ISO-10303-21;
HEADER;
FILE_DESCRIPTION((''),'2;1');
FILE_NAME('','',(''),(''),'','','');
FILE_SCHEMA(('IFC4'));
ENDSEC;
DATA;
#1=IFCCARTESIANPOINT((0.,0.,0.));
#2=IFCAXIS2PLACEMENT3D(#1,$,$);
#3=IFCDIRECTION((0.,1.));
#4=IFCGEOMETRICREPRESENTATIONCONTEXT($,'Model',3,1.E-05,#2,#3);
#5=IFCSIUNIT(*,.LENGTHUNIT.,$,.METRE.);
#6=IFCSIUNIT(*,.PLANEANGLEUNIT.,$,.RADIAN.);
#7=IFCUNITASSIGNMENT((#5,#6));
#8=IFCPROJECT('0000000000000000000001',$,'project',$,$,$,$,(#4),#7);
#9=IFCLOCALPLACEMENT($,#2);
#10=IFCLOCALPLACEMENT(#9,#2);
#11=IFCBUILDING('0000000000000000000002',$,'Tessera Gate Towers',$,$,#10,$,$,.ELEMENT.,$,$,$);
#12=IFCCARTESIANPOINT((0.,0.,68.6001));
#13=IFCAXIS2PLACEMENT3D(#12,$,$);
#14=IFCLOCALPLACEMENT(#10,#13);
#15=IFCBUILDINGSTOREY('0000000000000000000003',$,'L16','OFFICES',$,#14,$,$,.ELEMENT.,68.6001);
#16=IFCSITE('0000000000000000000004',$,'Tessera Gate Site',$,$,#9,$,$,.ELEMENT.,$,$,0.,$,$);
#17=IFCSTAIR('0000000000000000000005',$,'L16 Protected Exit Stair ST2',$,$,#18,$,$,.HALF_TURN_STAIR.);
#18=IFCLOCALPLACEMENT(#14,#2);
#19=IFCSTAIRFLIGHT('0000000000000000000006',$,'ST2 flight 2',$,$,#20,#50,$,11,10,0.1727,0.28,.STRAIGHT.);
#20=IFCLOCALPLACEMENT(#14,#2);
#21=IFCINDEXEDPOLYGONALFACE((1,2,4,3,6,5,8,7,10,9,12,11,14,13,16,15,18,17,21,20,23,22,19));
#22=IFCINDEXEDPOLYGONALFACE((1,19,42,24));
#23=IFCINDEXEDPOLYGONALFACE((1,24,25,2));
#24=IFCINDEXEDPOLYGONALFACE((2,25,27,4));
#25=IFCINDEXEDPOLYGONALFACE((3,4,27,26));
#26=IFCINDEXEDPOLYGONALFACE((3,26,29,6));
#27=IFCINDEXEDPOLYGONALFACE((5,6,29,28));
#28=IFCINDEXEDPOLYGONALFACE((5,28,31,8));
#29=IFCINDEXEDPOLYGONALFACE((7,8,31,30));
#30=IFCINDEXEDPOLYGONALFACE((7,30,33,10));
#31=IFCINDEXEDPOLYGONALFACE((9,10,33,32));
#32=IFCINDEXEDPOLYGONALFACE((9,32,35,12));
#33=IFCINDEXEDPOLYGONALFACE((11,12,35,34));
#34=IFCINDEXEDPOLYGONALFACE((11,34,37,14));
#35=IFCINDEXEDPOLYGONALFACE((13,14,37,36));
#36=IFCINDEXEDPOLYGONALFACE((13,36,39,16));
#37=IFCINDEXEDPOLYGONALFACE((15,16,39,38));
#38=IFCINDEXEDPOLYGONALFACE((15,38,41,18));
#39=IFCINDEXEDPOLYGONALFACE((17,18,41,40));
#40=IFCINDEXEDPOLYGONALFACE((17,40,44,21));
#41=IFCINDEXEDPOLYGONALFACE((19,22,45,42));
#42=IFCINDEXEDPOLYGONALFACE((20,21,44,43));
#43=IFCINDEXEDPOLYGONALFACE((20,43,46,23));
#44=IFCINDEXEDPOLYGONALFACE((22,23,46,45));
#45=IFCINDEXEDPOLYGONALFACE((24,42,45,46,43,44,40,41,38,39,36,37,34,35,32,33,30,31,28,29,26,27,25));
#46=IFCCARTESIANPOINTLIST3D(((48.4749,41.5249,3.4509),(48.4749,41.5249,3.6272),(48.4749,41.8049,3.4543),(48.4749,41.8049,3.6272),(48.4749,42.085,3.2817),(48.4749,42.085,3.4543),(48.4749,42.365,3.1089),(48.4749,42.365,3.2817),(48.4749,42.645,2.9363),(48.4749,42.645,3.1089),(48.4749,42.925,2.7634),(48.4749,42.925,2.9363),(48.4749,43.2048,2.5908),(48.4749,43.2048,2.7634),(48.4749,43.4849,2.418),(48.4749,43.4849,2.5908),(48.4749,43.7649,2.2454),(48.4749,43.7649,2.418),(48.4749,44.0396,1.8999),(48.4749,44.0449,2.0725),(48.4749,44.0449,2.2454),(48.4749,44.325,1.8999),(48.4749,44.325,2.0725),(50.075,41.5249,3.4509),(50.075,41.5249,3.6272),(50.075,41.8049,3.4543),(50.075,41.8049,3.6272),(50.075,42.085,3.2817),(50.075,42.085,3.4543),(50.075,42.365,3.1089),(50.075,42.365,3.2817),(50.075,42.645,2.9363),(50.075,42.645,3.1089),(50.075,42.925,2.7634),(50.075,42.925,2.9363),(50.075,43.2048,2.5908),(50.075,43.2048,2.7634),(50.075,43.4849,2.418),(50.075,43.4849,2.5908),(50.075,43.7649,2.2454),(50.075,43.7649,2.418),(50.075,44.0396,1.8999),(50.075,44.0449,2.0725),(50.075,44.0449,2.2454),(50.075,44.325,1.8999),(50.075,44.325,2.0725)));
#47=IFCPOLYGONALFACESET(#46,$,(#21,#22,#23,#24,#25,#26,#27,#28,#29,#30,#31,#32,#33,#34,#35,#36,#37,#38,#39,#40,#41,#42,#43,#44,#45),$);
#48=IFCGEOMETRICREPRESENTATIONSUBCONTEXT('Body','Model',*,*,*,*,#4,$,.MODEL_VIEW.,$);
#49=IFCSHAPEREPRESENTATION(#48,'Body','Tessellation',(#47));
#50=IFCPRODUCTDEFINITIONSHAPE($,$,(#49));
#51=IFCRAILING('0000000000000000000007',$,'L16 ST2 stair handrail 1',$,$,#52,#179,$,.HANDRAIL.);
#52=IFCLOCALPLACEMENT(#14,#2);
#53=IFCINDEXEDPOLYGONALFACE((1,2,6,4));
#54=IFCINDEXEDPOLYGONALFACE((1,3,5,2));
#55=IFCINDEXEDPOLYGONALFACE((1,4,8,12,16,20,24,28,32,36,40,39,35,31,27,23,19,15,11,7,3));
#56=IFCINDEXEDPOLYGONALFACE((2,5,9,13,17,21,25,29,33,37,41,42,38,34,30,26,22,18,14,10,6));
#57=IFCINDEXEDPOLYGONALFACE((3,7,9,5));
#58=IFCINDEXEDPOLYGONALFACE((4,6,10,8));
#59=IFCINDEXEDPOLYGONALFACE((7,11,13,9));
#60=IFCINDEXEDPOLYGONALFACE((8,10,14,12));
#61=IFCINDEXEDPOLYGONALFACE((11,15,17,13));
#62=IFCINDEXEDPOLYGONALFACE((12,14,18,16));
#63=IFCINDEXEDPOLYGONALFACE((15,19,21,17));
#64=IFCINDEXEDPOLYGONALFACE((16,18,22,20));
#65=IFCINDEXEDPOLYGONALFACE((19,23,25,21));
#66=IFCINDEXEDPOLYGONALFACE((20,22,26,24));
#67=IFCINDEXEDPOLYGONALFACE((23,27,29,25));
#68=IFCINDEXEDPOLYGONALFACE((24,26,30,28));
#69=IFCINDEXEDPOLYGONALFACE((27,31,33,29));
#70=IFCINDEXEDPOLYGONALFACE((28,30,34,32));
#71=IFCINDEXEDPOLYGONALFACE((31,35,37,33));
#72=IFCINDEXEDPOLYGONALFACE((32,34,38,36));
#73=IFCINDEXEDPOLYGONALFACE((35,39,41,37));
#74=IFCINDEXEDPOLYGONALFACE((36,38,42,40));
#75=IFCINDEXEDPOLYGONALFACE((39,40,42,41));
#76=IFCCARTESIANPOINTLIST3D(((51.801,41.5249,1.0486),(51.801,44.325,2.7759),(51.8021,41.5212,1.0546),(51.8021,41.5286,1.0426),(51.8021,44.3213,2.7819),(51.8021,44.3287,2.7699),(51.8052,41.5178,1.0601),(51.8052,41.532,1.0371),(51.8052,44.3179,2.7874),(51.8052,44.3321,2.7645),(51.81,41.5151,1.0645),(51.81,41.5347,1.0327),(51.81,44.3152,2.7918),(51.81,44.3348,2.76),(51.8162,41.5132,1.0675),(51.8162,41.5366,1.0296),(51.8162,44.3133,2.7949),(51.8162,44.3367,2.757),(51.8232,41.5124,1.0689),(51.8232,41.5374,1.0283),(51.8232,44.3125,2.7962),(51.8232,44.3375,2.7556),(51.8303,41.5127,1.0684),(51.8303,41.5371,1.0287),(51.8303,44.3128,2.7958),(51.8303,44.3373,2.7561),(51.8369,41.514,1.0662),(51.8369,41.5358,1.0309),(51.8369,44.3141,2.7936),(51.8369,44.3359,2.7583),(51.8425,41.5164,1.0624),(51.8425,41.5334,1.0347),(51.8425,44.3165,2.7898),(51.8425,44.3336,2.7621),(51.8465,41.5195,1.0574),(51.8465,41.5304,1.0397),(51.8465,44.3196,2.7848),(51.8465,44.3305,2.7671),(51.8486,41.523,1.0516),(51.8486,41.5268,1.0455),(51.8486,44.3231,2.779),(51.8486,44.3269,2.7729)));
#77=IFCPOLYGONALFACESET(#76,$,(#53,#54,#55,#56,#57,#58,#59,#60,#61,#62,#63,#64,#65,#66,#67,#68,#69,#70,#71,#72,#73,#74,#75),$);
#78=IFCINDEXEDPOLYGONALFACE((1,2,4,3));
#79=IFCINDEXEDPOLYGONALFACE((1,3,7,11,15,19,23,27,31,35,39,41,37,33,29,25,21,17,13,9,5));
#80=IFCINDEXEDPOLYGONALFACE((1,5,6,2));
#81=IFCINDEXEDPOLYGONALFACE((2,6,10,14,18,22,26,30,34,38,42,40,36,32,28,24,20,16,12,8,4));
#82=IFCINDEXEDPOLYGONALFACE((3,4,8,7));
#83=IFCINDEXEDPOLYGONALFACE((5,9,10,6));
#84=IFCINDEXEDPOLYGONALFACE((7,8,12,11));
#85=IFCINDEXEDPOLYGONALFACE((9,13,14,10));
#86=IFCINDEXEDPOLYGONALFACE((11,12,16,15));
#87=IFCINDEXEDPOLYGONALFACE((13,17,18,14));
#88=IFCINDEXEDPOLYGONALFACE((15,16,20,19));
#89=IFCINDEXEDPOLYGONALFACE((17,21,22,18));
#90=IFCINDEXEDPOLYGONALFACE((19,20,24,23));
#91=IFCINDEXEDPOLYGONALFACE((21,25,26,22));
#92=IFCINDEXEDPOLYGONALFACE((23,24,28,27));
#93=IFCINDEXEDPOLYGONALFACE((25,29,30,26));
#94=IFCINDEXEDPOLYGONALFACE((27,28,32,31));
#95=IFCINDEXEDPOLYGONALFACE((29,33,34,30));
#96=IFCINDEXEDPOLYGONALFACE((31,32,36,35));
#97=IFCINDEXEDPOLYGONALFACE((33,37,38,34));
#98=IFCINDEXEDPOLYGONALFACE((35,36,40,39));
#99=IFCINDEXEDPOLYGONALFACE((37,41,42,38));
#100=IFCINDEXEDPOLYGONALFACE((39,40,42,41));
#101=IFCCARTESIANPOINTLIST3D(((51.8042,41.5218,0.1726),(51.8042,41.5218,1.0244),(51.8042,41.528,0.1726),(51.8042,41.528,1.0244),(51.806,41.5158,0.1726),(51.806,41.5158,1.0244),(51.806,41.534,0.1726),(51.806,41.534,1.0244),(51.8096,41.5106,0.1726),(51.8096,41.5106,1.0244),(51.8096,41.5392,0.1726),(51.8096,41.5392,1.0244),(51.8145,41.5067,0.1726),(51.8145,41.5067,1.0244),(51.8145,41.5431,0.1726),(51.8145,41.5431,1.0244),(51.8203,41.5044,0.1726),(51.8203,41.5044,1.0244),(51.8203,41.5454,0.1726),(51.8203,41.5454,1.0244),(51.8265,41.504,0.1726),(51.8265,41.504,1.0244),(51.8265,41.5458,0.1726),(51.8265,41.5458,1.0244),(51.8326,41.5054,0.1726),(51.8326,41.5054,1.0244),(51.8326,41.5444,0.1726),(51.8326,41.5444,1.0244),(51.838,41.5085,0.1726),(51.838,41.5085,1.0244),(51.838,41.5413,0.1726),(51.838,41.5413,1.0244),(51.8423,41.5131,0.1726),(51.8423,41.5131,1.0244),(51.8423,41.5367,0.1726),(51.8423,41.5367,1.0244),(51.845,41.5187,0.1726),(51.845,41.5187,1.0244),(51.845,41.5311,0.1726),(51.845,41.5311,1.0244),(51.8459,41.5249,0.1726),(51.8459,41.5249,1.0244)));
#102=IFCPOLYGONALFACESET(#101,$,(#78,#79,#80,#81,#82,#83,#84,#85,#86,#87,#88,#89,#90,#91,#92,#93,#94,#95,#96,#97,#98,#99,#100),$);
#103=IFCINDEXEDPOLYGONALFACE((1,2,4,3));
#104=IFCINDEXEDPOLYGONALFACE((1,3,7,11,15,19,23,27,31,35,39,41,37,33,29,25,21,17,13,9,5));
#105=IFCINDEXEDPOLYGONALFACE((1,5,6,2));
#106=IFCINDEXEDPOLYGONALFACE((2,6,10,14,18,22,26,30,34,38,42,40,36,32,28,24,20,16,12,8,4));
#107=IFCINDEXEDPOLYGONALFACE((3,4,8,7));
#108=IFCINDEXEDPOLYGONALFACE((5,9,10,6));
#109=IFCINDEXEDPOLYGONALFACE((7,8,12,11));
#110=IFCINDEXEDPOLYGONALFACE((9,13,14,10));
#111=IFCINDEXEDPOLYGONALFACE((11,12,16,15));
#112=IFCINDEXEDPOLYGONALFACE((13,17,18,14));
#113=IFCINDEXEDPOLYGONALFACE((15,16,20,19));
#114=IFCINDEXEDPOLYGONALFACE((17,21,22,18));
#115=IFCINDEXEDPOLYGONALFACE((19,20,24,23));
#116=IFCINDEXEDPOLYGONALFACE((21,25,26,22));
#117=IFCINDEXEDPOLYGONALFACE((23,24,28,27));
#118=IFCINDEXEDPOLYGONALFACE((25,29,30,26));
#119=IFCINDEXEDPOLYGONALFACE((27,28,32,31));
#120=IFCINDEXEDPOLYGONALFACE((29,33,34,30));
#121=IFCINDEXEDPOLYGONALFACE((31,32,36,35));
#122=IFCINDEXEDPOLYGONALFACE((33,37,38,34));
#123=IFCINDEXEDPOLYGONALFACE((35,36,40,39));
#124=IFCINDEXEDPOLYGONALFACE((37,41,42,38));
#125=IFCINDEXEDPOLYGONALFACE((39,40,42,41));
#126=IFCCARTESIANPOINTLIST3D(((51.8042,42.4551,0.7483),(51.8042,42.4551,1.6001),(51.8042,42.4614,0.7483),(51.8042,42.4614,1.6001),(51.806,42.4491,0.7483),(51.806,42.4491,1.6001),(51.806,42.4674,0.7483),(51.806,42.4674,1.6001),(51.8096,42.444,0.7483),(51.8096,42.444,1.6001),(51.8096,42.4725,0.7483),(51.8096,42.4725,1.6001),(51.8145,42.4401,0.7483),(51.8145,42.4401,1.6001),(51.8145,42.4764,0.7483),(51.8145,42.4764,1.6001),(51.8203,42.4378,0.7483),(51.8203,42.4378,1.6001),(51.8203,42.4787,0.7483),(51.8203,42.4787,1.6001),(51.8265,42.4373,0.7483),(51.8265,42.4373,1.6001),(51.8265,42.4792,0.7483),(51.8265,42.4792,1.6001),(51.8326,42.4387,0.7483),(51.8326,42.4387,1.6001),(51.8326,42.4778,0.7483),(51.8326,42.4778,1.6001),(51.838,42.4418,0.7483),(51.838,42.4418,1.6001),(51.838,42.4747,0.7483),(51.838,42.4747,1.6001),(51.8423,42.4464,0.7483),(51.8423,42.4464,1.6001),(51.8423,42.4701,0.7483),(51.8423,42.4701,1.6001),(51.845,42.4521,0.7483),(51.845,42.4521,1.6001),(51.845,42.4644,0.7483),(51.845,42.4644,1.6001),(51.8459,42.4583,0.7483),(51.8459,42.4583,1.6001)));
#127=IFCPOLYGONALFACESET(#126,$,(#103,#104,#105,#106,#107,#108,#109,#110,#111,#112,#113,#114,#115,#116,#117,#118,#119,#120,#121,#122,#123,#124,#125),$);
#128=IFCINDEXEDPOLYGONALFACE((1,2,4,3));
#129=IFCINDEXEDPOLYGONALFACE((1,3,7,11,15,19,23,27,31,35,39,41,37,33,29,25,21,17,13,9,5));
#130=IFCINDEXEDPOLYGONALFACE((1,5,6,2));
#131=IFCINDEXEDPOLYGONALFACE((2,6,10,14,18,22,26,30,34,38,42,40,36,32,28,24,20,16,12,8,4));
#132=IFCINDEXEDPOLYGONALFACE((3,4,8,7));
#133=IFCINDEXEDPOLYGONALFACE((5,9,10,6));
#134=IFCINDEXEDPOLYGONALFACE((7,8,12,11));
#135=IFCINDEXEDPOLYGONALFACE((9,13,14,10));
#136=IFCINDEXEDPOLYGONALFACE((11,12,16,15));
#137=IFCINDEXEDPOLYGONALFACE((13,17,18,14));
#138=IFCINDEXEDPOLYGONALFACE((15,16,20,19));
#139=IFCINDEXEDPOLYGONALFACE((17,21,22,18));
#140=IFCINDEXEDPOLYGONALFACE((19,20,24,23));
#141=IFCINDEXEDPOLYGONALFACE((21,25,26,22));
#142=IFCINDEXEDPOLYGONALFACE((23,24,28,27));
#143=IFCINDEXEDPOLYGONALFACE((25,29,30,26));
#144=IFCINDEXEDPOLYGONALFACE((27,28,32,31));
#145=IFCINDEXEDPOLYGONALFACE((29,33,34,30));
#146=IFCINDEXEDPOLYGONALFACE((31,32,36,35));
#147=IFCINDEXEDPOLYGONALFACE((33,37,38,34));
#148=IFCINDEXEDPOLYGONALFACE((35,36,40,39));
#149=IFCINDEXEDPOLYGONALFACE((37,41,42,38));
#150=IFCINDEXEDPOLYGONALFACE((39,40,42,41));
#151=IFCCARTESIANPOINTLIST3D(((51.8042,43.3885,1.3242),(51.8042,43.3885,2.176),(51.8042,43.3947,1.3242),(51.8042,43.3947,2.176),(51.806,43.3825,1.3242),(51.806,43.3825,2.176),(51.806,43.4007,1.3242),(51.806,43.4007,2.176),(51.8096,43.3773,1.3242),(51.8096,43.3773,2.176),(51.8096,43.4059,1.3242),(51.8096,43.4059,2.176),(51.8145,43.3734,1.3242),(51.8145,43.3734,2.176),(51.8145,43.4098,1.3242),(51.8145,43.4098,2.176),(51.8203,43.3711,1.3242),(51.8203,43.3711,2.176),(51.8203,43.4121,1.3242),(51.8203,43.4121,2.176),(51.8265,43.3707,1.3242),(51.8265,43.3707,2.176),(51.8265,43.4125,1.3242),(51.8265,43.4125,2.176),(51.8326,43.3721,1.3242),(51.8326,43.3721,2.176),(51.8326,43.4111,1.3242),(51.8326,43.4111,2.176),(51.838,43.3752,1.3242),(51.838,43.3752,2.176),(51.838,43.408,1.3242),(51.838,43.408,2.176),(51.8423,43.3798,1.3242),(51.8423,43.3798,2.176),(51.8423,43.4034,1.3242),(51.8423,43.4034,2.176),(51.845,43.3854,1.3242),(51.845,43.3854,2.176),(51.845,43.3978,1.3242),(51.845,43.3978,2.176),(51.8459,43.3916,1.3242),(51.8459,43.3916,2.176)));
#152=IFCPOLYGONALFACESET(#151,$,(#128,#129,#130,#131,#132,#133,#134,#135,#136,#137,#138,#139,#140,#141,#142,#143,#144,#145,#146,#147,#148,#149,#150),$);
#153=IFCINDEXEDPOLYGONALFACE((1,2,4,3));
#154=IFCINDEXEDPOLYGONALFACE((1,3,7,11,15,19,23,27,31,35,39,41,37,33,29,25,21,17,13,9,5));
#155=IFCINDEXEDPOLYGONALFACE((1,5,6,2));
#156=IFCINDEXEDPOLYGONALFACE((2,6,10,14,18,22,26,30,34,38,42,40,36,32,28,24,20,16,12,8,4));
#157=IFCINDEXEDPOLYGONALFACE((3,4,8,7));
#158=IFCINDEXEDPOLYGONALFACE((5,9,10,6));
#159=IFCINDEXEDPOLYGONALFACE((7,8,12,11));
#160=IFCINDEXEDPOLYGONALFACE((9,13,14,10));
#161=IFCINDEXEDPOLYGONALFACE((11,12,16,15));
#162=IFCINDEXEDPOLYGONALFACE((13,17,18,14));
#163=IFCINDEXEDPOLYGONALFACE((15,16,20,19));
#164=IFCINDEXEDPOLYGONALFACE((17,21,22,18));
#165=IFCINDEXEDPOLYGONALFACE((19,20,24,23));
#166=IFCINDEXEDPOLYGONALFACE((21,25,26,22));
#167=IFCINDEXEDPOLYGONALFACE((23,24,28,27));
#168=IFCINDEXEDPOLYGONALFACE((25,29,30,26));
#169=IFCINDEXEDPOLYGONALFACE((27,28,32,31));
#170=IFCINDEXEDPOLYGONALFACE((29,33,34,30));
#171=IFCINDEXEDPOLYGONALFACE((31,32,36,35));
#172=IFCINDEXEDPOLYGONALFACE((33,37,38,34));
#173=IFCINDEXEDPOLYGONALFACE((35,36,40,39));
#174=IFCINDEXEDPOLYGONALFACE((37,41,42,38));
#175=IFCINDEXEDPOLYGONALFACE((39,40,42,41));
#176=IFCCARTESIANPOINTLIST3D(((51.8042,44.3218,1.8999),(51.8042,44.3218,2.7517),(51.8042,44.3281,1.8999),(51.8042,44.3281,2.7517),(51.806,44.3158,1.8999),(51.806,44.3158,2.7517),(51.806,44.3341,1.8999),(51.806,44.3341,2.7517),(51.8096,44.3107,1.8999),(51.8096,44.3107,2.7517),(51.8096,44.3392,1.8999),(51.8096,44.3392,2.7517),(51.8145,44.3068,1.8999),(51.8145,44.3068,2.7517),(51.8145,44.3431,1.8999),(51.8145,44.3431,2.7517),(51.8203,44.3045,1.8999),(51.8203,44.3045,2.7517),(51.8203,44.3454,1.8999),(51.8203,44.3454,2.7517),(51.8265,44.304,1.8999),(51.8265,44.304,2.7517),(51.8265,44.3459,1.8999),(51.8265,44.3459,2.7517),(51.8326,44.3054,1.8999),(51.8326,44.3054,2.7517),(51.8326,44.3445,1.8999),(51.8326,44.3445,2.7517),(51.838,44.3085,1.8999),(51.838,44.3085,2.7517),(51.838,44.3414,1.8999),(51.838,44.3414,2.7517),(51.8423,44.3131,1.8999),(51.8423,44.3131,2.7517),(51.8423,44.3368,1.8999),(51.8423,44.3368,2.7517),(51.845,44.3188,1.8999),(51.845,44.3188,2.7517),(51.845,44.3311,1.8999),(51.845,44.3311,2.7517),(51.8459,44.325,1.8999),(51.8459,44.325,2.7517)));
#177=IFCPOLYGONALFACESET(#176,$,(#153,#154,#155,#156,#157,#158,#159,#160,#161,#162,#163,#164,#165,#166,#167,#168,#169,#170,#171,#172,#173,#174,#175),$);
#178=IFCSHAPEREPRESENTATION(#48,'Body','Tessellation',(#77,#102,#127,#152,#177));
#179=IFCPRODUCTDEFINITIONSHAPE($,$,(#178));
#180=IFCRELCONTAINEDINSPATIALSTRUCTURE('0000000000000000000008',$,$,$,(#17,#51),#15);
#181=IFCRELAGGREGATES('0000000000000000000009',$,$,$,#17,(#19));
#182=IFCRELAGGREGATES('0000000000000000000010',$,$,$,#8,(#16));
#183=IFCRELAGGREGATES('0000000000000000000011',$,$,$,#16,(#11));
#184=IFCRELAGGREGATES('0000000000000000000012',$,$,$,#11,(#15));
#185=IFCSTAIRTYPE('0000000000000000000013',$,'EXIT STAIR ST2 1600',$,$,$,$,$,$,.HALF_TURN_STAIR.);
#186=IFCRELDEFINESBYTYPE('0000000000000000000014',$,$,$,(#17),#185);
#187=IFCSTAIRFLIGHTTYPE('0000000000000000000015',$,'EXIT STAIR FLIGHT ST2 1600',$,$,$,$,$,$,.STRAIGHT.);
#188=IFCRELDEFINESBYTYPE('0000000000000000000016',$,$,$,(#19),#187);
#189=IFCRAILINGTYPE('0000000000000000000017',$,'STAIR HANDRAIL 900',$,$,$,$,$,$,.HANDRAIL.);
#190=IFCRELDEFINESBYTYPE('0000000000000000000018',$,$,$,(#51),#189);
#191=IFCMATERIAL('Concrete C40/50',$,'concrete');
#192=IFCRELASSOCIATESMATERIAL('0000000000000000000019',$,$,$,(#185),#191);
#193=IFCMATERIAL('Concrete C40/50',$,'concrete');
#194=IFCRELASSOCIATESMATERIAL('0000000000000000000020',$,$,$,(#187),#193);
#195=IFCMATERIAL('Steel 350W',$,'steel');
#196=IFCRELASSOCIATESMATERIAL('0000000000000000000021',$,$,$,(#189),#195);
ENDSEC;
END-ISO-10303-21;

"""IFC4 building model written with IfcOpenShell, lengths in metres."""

from ifc_helpers import new_model, si_unit, direction, frame, origin, origin_2d, place, context, subcontext, project, spatial, polyline, circle, outline, extrude, material, type_object, element, aggregate, save


model = new_model("IFC4")

# Units and contexts
model_context = context("Model", 3, precision=1e-05, world=origin(), true_north=direction((0.0, 1.0)))
body_context = subcontext(model_context, "Body", "Model", "MODEL_VIEW")
ifc_project = project(units=[si_unit("LENGTHUNIT", "METRE"), si_unit("PLANEANGLEUNIT", "RADIAN")], contexts=[model_context])

# Site, building, storey
site_placement = place(None, origin())
site = spatial("IfcSite", under=ifc_project, at=site_placement, Name="Tessera Gate Site", CompositionType="ELEMENT", RefElevation=0.0)
building_placement = place(site_placement, origin())
building = spatial("IfcBuilding", under=site, at=building_placement, Name="Tessera Gate Towers", CompositionType="ELEMENT")
storey_placement = place(building_placement, frame((0.0, 0.0, 68.6001)))
storey = spatial("IfcBuildingStorey", under=building, at=storey_placement, Name="L16", Description="OFFICES", CompositionType="ELEMENT", Elevation=68.6001)

# Stair, stair flight
ifc_material_1 = material(Name="Concrete C40/50", Category="concrete")
stair_type_1 = type_object("IfcStairType", Name="EXIT STAIR ST2 1600", PredefinedType="HALF_TURN_STAIR", material=ifc_material_1)
stair_1_placement = place(storey_placement, origin())
stair_1 = element("IfcStair", 1, at=stair_1_placement, inside=storey, type_object=stair_type_1, Name="L16 Protected Exit Stair ST2", PredefinedType="HALF_TURN_STAIR")
ifc_material_2 = material(Name="Concrete C40/50", Category="concrete")
stair_flight_type_1 = type_object("IfcStairFlightType", Name="EXIT STAIR FLIGHT ST2 1600", PredefinedType="STRAIGHT", material=ifc_material_2)
stair_flight_1_placement = place(storey_placement, frame((49.2749, 44.325, 1.8999), z_axis=(0.0, 0.0, 1.0), x_axis=(0.0, -1.0, 0.0)))
stair_flight_1 = element("IfcStairFlight", 2, at=stair_flight_1_placement, type_object=stair_flight_type_1, Name="ST2 flight 2", NumberOfRisers=11, NumberOfTreads=10, PredefinedType="STRAIGHT", RiserHeight=0.1727, TreadLength=0.28, context=body_context, shape_type="SweptSolid", body=[
    extrude(outline(polyline([(0.0, 0.0), (0.0, 0.1726), (0.28, 0.1726), (0.28, 0.3455), (0.5601, 0.3455), (0.5601, 0.5181), (0.8401, 0.5181), (0.8401, 0.6909), (1.1201, 0.6909), (1.1201, 0.8635), (1.3999, 0.8635), (1.3999, 1.0364), (1.6799, 1.0364), (1.6799, 1.209), (1.96, 1.209), (1.96, 1.3818), (2.24, 1.3818), (2.24, 1.5544), (2.52, 1.5544), (2.52, 1.7273), (2.8, 1.7273), (2.8, 1.8999), (2.8, 1.551), (0.2854, 0.0), (0.0, 0.0)])), frame((0.0, 0.8, 0.0), z_axis=(0.0, -1.0, 0.0), x_axis=(1.0, 0.0, 0.0)), (0.0, 0.0, 1.0), 1.6001),
])
aggregate(stair_1, [stair_flight_1])

# Railing
ifc_material_3 = material(Name="Steel 350W", Category="steel")
railing_type_1 = type_object("IfcRailingType", Name="STAIR HANDRAIL 900", PredefinedType="HANDRAIL", material=ifc_material_3)
railing_1_placement = place(storey_placement, frame((51.825, 41.5249, 0.1726)))
element("IfcRailing", 3, at=railing_1_placement, inside=storey, type_object=railing_type_1, Name="L16 ST2 stair handrail 1", PredefinedType="HANDRAIL", context=body_context, shape_type="SweptSolid", body=[
    extrude(circle(Radius=0.0239, at=origin_2d()), frame((0.0, 0.0, 0.876), z_axis=(0.0, 0.85109, 0.52502), x_axis=(-1.0, 0.0, 0.0)), (0.0, 0.0, 1.0), 3.29),
    extrude(circle(Radius=0.021, at=origin_2d()), origin(), (0.0, 0.0, 1.0), 0.8518),
    extrude(circle(Radius=0.021, at=origin_2d()), frame((0.0, 0.9333, 0.5757)), (0.0, 0.0, 1.0), 0.8518),
    extrude(circle(Radius=0.021, at=origin_2d()), frame((0.0, 1.8667, 1.1516)), (0.0, 0.0, 1.0), 0.8518),
    extrude(circle(Radius=0.021, at=origin_2d()), frame((0.0, 2.8, 1.7273)), (0.0, 0.0, 1.0), 0.8518),
])

save(model, "model.ifc")
